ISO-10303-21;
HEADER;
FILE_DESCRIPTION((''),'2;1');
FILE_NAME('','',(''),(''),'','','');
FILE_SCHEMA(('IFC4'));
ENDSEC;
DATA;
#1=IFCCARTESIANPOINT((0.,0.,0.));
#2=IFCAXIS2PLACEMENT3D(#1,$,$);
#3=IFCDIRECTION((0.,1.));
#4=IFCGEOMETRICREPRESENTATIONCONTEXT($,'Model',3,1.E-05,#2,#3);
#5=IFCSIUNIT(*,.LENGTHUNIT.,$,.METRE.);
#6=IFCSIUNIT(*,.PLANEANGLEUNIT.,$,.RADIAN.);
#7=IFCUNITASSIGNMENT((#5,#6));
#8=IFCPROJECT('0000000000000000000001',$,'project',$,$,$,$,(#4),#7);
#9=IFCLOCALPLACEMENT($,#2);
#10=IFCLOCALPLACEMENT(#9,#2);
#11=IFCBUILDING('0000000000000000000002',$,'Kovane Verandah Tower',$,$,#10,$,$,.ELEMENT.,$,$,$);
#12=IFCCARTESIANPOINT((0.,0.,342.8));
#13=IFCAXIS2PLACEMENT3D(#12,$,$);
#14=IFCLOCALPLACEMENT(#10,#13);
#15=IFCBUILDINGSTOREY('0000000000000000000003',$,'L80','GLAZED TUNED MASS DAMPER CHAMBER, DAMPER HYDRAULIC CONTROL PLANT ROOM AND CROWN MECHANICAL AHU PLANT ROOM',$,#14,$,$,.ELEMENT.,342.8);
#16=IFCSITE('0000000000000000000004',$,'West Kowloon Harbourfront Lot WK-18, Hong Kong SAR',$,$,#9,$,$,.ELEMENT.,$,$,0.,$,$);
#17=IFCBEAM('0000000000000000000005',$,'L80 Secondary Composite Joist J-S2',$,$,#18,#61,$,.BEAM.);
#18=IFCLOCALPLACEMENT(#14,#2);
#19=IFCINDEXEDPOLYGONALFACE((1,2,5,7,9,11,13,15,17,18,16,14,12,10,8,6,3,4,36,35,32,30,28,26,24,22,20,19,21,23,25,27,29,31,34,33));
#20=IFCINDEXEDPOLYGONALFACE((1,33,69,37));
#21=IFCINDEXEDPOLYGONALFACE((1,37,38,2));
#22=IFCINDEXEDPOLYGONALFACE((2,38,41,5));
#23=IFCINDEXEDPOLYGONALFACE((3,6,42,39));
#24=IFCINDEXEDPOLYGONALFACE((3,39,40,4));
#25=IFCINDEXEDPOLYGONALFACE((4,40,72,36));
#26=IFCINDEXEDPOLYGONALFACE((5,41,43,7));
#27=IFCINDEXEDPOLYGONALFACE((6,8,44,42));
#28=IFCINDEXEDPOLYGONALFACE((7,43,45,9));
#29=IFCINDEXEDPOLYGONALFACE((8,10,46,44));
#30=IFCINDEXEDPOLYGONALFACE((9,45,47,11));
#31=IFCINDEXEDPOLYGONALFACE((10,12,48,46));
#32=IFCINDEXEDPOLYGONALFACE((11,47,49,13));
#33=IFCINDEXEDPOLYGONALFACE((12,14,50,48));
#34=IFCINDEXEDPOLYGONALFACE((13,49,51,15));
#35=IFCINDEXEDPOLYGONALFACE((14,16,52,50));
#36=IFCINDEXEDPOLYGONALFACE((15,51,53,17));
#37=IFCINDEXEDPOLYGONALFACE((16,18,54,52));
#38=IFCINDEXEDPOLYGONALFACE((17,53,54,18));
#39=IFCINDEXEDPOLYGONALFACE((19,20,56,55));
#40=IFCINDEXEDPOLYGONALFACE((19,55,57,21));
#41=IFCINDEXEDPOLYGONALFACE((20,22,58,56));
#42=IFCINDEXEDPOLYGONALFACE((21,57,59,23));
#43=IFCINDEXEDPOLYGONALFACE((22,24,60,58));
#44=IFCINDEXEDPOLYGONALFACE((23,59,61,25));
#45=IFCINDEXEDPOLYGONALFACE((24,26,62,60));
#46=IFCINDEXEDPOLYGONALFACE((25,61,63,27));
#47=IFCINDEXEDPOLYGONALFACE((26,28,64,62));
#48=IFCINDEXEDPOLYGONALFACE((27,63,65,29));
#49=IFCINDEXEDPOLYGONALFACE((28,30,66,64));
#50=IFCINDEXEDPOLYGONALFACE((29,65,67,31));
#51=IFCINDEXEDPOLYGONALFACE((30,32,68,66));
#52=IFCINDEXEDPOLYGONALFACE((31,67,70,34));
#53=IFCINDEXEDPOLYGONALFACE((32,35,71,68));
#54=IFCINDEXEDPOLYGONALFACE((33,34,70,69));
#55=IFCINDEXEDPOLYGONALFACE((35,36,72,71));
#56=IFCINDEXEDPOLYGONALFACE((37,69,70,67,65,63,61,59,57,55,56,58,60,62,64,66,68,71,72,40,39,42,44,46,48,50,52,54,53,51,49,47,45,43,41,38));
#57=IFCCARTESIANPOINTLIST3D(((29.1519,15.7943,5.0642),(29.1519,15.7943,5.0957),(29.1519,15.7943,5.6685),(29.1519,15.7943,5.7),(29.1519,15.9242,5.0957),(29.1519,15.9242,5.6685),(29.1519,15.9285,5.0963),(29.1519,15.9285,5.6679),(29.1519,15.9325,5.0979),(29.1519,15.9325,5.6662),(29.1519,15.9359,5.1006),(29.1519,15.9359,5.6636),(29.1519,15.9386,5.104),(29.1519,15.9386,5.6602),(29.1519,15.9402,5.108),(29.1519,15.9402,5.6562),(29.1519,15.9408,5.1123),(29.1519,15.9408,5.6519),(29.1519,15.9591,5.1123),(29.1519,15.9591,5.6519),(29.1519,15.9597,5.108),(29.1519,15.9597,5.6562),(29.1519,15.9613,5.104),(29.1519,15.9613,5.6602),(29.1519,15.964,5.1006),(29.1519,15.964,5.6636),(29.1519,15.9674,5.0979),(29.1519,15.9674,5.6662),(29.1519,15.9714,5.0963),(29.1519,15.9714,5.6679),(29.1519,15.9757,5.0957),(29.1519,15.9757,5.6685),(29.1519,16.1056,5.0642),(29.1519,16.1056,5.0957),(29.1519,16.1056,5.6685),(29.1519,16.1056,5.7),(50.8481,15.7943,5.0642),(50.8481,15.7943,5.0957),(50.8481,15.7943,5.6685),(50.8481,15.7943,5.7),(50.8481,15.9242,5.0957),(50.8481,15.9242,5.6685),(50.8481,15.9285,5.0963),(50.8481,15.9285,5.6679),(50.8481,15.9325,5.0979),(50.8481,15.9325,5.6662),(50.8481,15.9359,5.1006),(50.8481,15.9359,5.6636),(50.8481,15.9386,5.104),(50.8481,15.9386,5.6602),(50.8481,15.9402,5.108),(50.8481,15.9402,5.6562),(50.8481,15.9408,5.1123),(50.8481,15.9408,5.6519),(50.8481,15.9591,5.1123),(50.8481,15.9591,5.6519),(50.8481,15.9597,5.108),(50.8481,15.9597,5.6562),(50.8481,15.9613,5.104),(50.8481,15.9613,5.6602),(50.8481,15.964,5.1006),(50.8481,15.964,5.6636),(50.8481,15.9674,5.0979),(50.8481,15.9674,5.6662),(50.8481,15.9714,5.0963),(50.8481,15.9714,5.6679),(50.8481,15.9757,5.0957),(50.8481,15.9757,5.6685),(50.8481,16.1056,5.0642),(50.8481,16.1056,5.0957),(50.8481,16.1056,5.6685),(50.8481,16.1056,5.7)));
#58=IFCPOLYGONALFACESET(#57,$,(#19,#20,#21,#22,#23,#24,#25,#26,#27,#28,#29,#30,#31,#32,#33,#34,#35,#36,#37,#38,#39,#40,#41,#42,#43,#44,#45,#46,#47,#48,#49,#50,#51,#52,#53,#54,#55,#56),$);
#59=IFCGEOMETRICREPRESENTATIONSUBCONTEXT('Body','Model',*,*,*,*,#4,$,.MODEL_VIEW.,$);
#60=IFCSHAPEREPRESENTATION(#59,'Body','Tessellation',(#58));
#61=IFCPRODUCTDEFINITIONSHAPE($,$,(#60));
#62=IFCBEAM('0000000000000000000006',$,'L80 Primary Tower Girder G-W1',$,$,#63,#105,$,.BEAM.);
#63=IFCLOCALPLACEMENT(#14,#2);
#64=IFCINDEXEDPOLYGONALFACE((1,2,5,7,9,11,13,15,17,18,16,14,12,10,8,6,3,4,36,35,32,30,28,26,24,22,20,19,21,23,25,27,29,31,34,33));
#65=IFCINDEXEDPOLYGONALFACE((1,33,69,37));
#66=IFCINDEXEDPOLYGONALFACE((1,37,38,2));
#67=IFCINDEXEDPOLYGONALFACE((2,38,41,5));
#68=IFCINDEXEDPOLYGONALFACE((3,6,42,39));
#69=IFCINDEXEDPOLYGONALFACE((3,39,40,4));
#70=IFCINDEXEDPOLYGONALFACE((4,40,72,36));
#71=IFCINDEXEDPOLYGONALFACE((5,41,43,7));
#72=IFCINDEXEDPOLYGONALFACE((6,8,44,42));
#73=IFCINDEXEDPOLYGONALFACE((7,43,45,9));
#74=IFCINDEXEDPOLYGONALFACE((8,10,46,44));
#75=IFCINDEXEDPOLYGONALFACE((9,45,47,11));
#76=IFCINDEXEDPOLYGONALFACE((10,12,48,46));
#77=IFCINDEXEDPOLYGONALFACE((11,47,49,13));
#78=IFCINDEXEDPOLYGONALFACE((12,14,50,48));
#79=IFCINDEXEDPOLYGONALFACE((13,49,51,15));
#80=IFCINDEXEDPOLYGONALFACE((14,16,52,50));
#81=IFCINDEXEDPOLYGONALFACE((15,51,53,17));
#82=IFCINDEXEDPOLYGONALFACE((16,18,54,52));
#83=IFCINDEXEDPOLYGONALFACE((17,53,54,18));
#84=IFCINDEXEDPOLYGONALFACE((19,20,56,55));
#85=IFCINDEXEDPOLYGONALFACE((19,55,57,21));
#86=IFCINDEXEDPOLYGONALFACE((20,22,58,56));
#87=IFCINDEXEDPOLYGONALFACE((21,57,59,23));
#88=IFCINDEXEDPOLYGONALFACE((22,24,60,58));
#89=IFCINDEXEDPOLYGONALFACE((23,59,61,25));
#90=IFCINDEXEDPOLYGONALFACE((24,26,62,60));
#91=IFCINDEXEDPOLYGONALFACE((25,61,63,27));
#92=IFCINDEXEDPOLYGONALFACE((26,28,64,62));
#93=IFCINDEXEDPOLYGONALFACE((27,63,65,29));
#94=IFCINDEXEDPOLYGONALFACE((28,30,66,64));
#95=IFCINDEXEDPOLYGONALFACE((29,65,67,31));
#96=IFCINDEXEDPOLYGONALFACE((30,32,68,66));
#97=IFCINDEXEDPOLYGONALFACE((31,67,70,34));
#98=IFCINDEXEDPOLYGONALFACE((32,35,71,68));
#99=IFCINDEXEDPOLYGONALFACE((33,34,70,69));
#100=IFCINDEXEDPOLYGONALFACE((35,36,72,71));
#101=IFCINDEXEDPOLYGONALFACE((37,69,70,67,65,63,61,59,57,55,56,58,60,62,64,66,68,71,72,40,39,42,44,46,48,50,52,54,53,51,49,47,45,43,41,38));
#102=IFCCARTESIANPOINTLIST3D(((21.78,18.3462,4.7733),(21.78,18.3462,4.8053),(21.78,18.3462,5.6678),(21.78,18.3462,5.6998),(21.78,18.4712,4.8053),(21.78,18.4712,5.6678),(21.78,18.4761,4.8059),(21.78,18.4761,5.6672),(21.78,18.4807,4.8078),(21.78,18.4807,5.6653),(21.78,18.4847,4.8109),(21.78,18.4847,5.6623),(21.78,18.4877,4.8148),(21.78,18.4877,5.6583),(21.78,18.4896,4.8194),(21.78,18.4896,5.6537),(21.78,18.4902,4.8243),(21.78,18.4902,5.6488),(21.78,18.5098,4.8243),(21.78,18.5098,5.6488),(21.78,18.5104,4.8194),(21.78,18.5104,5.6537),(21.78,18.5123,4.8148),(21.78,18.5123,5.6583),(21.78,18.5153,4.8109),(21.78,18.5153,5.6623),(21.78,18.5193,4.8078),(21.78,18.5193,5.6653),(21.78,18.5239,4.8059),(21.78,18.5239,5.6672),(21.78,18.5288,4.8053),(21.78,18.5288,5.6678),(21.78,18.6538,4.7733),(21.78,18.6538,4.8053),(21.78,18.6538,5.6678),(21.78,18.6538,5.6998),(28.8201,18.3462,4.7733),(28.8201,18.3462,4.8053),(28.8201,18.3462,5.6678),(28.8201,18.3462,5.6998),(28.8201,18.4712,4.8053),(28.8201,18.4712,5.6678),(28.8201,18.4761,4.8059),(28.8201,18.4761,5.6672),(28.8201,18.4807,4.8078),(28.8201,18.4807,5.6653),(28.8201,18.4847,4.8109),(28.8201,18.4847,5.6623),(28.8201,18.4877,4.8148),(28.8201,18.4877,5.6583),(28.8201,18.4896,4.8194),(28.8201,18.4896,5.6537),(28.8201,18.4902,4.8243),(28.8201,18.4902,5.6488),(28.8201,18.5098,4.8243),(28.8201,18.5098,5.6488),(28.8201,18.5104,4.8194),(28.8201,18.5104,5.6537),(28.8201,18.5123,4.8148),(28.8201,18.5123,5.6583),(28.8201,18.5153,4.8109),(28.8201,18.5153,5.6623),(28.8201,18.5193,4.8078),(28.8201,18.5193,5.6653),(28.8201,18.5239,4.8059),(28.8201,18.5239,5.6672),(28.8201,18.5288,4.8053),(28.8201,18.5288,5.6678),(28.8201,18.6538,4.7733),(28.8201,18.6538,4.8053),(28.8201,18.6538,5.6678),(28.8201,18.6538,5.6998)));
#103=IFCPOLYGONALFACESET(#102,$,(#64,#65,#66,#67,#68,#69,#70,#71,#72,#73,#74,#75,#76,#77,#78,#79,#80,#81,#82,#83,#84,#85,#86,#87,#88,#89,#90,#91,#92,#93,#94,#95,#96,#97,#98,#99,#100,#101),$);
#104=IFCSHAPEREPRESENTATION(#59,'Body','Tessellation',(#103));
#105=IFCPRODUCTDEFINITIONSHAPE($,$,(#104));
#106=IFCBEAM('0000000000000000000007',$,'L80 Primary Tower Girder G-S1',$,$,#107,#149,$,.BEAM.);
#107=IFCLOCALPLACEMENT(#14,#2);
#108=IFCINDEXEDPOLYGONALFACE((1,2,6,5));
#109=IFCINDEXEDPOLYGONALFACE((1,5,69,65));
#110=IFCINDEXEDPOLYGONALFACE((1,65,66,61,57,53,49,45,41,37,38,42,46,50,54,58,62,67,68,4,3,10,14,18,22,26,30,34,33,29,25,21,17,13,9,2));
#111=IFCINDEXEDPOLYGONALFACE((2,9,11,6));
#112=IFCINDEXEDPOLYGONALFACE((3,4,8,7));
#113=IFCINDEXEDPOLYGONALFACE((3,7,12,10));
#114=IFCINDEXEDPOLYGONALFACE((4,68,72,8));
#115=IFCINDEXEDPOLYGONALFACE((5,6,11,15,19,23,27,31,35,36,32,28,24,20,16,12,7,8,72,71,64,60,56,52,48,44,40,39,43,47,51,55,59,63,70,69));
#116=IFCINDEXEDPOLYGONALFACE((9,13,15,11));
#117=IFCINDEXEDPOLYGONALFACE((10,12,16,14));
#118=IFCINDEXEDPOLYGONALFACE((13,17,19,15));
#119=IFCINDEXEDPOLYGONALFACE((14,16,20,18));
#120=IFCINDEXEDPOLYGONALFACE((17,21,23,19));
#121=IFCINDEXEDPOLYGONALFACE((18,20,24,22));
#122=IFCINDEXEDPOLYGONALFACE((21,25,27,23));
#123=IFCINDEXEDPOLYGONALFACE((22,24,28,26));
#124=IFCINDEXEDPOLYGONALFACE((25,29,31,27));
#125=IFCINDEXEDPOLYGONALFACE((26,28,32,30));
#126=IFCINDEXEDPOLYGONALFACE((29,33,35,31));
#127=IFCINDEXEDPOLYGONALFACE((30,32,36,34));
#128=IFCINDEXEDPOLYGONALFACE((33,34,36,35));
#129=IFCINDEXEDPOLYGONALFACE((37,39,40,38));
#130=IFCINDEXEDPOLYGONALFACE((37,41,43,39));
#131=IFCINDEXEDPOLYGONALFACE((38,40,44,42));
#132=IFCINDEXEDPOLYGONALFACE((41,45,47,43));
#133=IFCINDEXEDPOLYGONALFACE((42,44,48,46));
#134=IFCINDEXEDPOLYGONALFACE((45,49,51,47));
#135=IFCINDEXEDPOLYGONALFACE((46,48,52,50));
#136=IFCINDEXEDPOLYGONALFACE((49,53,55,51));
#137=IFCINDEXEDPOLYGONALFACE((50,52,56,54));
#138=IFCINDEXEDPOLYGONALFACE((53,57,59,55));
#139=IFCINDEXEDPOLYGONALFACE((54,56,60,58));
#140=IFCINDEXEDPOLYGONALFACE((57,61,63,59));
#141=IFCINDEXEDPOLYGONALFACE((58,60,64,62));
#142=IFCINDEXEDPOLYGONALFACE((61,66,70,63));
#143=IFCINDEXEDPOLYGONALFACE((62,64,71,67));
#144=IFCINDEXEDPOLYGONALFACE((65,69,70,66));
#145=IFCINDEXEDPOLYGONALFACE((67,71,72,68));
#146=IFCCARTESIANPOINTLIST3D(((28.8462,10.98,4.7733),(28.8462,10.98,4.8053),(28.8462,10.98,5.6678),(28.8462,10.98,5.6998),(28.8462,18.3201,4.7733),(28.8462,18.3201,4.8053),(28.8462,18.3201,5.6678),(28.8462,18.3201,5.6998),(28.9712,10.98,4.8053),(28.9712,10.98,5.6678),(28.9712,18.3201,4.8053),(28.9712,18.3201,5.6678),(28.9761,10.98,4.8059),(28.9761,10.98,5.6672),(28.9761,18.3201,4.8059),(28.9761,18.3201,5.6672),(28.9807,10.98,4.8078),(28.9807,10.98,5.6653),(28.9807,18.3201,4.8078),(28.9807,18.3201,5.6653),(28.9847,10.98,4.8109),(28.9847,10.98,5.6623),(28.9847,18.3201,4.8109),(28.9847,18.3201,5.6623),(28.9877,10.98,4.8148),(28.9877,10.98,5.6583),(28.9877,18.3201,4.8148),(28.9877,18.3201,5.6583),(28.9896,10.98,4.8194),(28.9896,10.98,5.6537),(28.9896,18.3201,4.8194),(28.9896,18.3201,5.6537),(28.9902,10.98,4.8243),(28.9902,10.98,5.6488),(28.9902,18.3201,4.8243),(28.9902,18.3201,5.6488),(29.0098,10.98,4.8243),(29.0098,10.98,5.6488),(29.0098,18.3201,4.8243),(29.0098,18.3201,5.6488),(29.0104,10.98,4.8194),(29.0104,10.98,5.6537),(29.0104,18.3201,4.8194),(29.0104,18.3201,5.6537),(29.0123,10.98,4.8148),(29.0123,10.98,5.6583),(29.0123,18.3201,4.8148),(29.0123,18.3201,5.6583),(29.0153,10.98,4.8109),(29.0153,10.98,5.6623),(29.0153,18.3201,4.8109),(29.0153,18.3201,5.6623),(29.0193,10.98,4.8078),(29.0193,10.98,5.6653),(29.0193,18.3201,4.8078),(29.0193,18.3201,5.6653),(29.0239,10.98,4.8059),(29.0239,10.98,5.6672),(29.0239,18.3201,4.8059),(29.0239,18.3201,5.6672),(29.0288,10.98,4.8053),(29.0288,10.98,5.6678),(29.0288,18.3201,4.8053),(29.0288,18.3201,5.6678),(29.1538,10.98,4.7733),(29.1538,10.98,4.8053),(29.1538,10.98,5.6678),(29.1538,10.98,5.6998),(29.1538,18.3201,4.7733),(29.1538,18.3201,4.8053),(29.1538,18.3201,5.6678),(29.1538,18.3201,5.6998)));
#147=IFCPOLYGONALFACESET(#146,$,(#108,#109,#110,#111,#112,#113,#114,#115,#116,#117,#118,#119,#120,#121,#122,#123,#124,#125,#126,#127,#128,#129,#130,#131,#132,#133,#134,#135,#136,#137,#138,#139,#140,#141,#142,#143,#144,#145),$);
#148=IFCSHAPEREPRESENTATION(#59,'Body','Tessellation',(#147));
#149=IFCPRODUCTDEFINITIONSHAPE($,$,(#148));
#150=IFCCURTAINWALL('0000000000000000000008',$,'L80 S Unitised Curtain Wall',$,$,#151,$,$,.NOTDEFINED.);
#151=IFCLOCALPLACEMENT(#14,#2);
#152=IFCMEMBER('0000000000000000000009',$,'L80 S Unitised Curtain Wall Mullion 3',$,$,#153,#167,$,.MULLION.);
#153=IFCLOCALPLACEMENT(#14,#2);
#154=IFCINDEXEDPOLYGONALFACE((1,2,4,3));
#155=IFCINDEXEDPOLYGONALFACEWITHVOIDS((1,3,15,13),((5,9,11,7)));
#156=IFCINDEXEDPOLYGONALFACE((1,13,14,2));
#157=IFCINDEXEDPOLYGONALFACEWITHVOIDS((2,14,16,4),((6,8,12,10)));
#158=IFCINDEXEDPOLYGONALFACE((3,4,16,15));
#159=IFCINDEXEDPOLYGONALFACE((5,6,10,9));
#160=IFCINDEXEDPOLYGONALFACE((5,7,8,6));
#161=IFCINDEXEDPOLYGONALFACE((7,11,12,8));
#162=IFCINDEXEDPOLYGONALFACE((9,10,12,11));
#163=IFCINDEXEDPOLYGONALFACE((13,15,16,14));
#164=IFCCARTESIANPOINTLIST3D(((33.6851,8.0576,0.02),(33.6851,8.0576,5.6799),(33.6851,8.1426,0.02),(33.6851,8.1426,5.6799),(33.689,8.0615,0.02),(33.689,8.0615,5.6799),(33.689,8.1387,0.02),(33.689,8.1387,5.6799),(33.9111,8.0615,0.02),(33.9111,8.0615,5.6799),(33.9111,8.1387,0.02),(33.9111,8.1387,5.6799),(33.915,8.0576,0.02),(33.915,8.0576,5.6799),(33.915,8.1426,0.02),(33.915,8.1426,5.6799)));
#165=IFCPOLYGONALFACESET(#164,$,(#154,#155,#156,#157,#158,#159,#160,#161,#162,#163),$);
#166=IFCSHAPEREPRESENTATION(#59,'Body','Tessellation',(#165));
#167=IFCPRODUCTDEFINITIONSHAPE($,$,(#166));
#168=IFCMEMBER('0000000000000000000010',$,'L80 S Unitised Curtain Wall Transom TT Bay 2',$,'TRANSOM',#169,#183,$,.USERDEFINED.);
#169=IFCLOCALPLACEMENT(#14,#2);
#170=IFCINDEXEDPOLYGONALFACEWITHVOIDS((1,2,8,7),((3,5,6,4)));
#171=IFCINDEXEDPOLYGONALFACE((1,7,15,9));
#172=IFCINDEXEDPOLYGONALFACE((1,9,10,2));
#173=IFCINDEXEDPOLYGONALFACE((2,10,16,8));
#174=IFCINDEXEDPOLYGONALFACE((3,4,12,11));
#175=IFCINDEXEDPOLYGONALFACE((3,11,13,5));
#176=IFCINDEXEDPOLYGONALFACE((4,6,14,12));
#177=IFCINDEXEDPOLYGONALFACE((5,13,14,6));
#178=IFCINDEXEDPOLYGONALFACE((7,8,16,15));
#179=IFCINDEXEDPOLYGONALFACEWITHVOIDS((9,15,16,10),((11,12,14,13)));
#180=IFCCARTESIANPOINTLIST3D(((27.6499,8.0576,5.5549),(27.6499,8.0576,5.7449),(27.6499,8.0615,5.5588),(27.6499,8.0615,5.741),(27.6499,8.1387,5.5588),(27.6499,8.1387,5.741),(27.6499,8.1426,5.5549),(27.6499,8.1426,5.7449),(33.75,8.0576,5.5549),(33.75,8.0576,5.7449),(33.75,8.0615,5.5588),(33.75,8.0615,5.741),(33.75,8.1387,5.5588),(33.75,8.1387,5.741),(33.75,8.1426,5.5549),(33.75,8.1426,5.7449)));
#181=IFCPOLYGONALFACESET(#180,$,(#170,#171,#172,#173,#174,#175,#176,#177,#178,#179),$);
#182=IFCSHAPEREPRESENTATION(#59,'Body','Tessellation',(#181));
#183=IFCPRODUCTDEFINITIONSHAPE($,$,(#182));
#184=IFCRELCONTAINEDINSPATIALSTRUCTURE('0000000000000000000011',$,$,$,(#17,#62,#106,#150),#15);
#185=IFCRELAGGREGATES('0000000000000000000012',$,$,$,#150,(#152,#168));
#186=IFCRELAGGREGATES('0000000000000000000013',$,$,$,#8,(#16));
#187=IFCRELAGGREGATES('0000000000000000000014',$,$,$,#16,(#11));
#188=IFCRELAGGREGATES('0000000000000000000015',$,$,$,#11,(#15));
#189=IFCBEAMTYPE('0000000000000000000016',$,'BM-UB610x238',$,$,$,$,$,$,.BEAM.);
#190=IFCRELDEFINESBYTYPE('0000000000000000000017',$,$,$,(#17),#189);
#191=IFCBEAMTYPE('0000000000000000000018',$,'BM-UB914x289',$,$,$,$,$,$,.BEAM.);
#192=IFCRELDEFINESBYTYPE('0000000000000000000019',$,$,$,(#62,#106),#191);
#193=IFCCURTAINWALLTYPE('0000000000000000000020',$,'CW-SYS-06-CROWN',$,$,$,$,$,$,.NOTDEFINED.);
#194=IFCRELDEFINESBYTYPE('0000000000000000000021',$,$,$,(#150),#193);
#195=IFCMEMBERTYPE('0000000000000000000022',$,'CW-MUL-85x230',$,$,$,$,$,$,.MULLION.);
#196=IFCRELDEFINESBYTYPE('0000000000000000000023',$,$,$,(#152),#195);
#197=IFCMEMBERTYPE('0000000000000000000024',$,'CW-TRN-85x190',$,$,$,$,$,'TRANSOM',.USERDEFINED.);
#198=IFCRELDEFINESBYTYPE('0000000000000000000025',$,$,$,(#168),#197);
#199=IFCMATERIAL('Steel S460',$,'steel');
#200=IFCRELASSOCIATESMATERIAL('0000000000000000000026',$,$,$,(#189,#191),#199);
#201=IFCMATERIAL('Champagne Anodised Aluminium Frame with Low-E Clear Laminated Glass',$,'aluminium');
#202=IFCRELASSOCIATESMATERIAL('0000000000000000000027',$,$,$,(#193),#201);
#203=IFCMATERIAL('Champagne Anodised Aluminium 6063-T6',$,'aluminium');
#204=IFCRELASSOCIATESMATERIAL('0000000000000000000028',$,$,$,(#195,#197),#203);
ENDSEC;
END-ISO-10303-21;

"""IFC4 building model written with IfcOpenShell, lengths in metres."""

from ifc_helpers import new_model, si_unit, direction, frame, origin, origin_2d, place, context, subcontext, project, spatial, hollow_rectangle, i_section, extrude, material, material_profile, profile_set, type_object, element, aggregate, save


model = new_model("IFC4")

# Units and contexts
model_context = context("Model", 3, precision=1e-05, world=origin(), true_north=direction((0.0, 1.0)))
body_context = subcontext(model_context, "Body", "Model", "MODEL_VIEW")
ifc_project = project(units=[si_unit("LENGTHUNIT", "METRE"), si_unit("PLANEANGLEUNIT", "RADIAN")], contexts=[model_context])

# Site, building, storey
site_placement = place(None, origin())
site = spatial("IfcSite", under=ifc_project, at=site_placement, Name="West Kowloon Harbourfront Lot WK-18, Hong Kong SAR", CompositionType="ELEMENT", RefElevation=0.0)
building_placement = place(site_placement, origin())
building = spatial("IfcBuilding", under=site, at=building_placement, Name="Kovane Verandah Tower", CompositionType="ELEMENT")
storey_placement = place(building_placement, frame((0.0, 0.0, 342.8)))
storey = spatial("IfcBuildingStorey", under=building, at=storey_placement, Name="L80", Description="GLAZED TUNED MASS DAMPER CHAMBER, DAMPER HYDRAULIC CONTROL PLANT ROOM AND CROWN MECHANICAL AHU PLANT ROOM", CompositionType="ELEMENT", Elevation=342.8)

# Shared definitions
ifc_material_1 = material(Name="Steel S460", Category="steel")

# Beams
ifc_material_profile_1 = material_profile(ifc_material_1, i_section(OverallWidth=0.3113, OverallDepth=0.6357, WebThickness=0.0183, FlangeThickness=0.0315, FilletRadius=0.0166, at=origin_2d()), Name="UB610x305x238")
ifc_profile_set_1 = profile_set([ifc_material_profile_1], Name="Steel S460")
beam_type_1 = type_object("IfcBeamType", Name="BM-UB610x238", PredefinedType="BEAM", material=ifc_profile_set_1)
for number, where, z_axis, x_axis, name in (
    (1, (29.1519, 15.95, 5.3821), (1.0, 0.0, 0.0), (0.0, 1.0, 0.0), "L80 Secondary Composite Joist J-S2"),
):
    element("IfcBeam", number, at=place(storey_placement, frame(where, z_axis=z_axis, x_axis=x_axis)), inside=storey, type_object=beam_type_1, Name=name, PredefinedType="BEAM", context=body_context, shape_type="SweptSolid", body=[
        extrude(i_section(OverallWidth=0.3113, OverallDepth=0.6357, WebThickness=0.0183, FlangeThickness=0.0315, FilletRadius=0.0166, at=origin_2d()), origin(), (0.0, 0.0, 1.0), 21.6963),
    ])
ifc_material_profile_2 = material_profile(ifc_material_1, i_section(OverallWidth=0.3076, OverallDepth=0.9265, WebThickness=0.0195, FlangeThickness=0.032, FilletRadius=0.019, at=origin_2d()), Name="UB914x305x289")
ifc_profile_set_2 = profile_set([ifc_material_profile_2], Name="Steel S460")
beam_type_2 = type_object("IfcBeamType", Name="BM-UB914x289", PredefinedType="BEAM", material=ifc_profile_set_2)
beam_1_placement = place(storey_placement, frame((28.8201, 18.5, 5.2366), z_axis=(-1.0, 0.0, 0.0), x_axis=(0.0, -1.0, 0.0)))
element("IfcBeam", 2, at=beam_1_placement, inside=storey, type_object=beam_type_2, Name="L80 Primary Tower Girder G-W1", PredefinedType="BEAM", context=body_context, shape_type="SweptSolid", body=[
    extrude(i_section(OverallWidth=0.3076, OverallDepth=0.9265, WebThickness=0.0195, FlangeThickness=0.032, FilletRadius=0.019, at=origin_2d()), origin(), (0.0, 0.0, 1.0), 7.04),
])
beam_2_placement = place(storey_placement, frame((29.0, 18.3201, 5.2366), z_axis=(0.0, -1.0, 0.0), x_axis=(1.0, 0.0, 0.0)))
element("IfcBeam", 3, at=beam_2_placement, inside=storey, type_object=beam_type_2, Name="L80 Primary Tower Girder G-S1", PredefinedType="BEAM", context=body_context, shape_type="SweptSolid", body=[
    extrude(i_section(OverallWidth=0.3076, OverallDepth=0.9265, WebThickness=0.0195, FlangeThickness=0.032, FilletRadius=0.019, at=origin_2d()), origin(), (0.0, 0.0, 1.0), 7.3401),
])

# Curtain wall, members
ifc_material_2 = material(Name="Champagne Anodised Aluminium Frame with Low-E Clear Laminated Glass", Category="aluminium")
curtain_wall_type = type_object("IfcCurtainWallType", Name="CW-SYS-06-CROWN", PredefinedType="NOTDEFINED", material=ifc_material_2)
curtain_wall_placement = place(storey_placement, origin())
curtain_wall = element("IfcCurtainWall", 4, at=curtain_wall_placement, inside=storey, type_object=curtain_wall_type, Name="L80 S Unitised Curtain Wall", PredefinedType="NOTDEFINED")
ifc_material_3 = material(Name="Champagne Anodised Aluminium 6063-T6", Category="aluminium")
ifc_material_profile_3 = material_profile(ifc_material_3, hollow_rectangle(XDim=0.085, YDim=0.23, WallThickness=0.0039, at=origin_2d()), Name="AL85x230x4")
ifc_profile_set_3 = profile_set([ifc_material_profile_3], Name="Champagne Anodised Aluminium 6063-T6")
member_type_1 = type_object("IfcMemberType", Name="CW-MUL-85x230", PredefinedType="MULLION", material=ifc_profile_set_3)
member_1_placement = place(storey_placement, frame((33.8, 8.1001, 0.02), z_axis=(0.0, 0.0, 1.0), x_axis=(0.0, -1.0, 0.0)))
member_1 = element("IfcMember", 5, at=member_1_placement, type_object=member_type_1, Name="L80 S Unitised Curtain Wall Mullion 3", PredefinedType="MULLION", context=body_context, shape_type="SweptSolid", body=[
    extrude(hollow_rectangle(XDim=0.085, YDim=0.23, WallThickness=0.0039, at=origin_2d()), origin(), (0.0, 0.0, 1.0), 5.6599),
])
ifc_material_profile_4 = material_profile(ifc_material_3, hollow_rectangle(XDim=0.085, YDim=0.1899, WallThickness=0.0039, at=origin_2d()), Name="AL85x190x4")
ifc_profile_set_4 = profile_set([ifc_material_profile_4], Name="Champagne Anodised Aluminium 6063-T6")
member_type_2 = type_object("IfcMemberType", Name="CW-TRN-85x190", ElementType="TRANSOM", PredefinedType="USERDEFINED", material=ifc_profile_set_4)
member_2_placement = place(storey_placement, frame((27.6499, 8.1001, 5.6499), z_axis=(1.0, 0.0, 0.0), x_axis=(0.0, 1.0, 0.0)))
member_2 = element("IfcMember", 6, at=member_2_placement, type_object=member_type_2, Name="L80 S Unitised Curtain Wall Transom TT Bay 2", ObjectType="TRANSOM", PredefinedType="USERDEFINED", context=body_context, shape_type="SweptSolid", body=[
    extrude(hollow_rectangle(XDim=0.085, YDim=0.1899, WallThickness=0.0039, at=origin_2d()), origin(), (0.0, 0.0, 1.0), 6.1001),
])
aggregate(curtain_wall, [member_1, member_2])

save(model, "model.ifc")
